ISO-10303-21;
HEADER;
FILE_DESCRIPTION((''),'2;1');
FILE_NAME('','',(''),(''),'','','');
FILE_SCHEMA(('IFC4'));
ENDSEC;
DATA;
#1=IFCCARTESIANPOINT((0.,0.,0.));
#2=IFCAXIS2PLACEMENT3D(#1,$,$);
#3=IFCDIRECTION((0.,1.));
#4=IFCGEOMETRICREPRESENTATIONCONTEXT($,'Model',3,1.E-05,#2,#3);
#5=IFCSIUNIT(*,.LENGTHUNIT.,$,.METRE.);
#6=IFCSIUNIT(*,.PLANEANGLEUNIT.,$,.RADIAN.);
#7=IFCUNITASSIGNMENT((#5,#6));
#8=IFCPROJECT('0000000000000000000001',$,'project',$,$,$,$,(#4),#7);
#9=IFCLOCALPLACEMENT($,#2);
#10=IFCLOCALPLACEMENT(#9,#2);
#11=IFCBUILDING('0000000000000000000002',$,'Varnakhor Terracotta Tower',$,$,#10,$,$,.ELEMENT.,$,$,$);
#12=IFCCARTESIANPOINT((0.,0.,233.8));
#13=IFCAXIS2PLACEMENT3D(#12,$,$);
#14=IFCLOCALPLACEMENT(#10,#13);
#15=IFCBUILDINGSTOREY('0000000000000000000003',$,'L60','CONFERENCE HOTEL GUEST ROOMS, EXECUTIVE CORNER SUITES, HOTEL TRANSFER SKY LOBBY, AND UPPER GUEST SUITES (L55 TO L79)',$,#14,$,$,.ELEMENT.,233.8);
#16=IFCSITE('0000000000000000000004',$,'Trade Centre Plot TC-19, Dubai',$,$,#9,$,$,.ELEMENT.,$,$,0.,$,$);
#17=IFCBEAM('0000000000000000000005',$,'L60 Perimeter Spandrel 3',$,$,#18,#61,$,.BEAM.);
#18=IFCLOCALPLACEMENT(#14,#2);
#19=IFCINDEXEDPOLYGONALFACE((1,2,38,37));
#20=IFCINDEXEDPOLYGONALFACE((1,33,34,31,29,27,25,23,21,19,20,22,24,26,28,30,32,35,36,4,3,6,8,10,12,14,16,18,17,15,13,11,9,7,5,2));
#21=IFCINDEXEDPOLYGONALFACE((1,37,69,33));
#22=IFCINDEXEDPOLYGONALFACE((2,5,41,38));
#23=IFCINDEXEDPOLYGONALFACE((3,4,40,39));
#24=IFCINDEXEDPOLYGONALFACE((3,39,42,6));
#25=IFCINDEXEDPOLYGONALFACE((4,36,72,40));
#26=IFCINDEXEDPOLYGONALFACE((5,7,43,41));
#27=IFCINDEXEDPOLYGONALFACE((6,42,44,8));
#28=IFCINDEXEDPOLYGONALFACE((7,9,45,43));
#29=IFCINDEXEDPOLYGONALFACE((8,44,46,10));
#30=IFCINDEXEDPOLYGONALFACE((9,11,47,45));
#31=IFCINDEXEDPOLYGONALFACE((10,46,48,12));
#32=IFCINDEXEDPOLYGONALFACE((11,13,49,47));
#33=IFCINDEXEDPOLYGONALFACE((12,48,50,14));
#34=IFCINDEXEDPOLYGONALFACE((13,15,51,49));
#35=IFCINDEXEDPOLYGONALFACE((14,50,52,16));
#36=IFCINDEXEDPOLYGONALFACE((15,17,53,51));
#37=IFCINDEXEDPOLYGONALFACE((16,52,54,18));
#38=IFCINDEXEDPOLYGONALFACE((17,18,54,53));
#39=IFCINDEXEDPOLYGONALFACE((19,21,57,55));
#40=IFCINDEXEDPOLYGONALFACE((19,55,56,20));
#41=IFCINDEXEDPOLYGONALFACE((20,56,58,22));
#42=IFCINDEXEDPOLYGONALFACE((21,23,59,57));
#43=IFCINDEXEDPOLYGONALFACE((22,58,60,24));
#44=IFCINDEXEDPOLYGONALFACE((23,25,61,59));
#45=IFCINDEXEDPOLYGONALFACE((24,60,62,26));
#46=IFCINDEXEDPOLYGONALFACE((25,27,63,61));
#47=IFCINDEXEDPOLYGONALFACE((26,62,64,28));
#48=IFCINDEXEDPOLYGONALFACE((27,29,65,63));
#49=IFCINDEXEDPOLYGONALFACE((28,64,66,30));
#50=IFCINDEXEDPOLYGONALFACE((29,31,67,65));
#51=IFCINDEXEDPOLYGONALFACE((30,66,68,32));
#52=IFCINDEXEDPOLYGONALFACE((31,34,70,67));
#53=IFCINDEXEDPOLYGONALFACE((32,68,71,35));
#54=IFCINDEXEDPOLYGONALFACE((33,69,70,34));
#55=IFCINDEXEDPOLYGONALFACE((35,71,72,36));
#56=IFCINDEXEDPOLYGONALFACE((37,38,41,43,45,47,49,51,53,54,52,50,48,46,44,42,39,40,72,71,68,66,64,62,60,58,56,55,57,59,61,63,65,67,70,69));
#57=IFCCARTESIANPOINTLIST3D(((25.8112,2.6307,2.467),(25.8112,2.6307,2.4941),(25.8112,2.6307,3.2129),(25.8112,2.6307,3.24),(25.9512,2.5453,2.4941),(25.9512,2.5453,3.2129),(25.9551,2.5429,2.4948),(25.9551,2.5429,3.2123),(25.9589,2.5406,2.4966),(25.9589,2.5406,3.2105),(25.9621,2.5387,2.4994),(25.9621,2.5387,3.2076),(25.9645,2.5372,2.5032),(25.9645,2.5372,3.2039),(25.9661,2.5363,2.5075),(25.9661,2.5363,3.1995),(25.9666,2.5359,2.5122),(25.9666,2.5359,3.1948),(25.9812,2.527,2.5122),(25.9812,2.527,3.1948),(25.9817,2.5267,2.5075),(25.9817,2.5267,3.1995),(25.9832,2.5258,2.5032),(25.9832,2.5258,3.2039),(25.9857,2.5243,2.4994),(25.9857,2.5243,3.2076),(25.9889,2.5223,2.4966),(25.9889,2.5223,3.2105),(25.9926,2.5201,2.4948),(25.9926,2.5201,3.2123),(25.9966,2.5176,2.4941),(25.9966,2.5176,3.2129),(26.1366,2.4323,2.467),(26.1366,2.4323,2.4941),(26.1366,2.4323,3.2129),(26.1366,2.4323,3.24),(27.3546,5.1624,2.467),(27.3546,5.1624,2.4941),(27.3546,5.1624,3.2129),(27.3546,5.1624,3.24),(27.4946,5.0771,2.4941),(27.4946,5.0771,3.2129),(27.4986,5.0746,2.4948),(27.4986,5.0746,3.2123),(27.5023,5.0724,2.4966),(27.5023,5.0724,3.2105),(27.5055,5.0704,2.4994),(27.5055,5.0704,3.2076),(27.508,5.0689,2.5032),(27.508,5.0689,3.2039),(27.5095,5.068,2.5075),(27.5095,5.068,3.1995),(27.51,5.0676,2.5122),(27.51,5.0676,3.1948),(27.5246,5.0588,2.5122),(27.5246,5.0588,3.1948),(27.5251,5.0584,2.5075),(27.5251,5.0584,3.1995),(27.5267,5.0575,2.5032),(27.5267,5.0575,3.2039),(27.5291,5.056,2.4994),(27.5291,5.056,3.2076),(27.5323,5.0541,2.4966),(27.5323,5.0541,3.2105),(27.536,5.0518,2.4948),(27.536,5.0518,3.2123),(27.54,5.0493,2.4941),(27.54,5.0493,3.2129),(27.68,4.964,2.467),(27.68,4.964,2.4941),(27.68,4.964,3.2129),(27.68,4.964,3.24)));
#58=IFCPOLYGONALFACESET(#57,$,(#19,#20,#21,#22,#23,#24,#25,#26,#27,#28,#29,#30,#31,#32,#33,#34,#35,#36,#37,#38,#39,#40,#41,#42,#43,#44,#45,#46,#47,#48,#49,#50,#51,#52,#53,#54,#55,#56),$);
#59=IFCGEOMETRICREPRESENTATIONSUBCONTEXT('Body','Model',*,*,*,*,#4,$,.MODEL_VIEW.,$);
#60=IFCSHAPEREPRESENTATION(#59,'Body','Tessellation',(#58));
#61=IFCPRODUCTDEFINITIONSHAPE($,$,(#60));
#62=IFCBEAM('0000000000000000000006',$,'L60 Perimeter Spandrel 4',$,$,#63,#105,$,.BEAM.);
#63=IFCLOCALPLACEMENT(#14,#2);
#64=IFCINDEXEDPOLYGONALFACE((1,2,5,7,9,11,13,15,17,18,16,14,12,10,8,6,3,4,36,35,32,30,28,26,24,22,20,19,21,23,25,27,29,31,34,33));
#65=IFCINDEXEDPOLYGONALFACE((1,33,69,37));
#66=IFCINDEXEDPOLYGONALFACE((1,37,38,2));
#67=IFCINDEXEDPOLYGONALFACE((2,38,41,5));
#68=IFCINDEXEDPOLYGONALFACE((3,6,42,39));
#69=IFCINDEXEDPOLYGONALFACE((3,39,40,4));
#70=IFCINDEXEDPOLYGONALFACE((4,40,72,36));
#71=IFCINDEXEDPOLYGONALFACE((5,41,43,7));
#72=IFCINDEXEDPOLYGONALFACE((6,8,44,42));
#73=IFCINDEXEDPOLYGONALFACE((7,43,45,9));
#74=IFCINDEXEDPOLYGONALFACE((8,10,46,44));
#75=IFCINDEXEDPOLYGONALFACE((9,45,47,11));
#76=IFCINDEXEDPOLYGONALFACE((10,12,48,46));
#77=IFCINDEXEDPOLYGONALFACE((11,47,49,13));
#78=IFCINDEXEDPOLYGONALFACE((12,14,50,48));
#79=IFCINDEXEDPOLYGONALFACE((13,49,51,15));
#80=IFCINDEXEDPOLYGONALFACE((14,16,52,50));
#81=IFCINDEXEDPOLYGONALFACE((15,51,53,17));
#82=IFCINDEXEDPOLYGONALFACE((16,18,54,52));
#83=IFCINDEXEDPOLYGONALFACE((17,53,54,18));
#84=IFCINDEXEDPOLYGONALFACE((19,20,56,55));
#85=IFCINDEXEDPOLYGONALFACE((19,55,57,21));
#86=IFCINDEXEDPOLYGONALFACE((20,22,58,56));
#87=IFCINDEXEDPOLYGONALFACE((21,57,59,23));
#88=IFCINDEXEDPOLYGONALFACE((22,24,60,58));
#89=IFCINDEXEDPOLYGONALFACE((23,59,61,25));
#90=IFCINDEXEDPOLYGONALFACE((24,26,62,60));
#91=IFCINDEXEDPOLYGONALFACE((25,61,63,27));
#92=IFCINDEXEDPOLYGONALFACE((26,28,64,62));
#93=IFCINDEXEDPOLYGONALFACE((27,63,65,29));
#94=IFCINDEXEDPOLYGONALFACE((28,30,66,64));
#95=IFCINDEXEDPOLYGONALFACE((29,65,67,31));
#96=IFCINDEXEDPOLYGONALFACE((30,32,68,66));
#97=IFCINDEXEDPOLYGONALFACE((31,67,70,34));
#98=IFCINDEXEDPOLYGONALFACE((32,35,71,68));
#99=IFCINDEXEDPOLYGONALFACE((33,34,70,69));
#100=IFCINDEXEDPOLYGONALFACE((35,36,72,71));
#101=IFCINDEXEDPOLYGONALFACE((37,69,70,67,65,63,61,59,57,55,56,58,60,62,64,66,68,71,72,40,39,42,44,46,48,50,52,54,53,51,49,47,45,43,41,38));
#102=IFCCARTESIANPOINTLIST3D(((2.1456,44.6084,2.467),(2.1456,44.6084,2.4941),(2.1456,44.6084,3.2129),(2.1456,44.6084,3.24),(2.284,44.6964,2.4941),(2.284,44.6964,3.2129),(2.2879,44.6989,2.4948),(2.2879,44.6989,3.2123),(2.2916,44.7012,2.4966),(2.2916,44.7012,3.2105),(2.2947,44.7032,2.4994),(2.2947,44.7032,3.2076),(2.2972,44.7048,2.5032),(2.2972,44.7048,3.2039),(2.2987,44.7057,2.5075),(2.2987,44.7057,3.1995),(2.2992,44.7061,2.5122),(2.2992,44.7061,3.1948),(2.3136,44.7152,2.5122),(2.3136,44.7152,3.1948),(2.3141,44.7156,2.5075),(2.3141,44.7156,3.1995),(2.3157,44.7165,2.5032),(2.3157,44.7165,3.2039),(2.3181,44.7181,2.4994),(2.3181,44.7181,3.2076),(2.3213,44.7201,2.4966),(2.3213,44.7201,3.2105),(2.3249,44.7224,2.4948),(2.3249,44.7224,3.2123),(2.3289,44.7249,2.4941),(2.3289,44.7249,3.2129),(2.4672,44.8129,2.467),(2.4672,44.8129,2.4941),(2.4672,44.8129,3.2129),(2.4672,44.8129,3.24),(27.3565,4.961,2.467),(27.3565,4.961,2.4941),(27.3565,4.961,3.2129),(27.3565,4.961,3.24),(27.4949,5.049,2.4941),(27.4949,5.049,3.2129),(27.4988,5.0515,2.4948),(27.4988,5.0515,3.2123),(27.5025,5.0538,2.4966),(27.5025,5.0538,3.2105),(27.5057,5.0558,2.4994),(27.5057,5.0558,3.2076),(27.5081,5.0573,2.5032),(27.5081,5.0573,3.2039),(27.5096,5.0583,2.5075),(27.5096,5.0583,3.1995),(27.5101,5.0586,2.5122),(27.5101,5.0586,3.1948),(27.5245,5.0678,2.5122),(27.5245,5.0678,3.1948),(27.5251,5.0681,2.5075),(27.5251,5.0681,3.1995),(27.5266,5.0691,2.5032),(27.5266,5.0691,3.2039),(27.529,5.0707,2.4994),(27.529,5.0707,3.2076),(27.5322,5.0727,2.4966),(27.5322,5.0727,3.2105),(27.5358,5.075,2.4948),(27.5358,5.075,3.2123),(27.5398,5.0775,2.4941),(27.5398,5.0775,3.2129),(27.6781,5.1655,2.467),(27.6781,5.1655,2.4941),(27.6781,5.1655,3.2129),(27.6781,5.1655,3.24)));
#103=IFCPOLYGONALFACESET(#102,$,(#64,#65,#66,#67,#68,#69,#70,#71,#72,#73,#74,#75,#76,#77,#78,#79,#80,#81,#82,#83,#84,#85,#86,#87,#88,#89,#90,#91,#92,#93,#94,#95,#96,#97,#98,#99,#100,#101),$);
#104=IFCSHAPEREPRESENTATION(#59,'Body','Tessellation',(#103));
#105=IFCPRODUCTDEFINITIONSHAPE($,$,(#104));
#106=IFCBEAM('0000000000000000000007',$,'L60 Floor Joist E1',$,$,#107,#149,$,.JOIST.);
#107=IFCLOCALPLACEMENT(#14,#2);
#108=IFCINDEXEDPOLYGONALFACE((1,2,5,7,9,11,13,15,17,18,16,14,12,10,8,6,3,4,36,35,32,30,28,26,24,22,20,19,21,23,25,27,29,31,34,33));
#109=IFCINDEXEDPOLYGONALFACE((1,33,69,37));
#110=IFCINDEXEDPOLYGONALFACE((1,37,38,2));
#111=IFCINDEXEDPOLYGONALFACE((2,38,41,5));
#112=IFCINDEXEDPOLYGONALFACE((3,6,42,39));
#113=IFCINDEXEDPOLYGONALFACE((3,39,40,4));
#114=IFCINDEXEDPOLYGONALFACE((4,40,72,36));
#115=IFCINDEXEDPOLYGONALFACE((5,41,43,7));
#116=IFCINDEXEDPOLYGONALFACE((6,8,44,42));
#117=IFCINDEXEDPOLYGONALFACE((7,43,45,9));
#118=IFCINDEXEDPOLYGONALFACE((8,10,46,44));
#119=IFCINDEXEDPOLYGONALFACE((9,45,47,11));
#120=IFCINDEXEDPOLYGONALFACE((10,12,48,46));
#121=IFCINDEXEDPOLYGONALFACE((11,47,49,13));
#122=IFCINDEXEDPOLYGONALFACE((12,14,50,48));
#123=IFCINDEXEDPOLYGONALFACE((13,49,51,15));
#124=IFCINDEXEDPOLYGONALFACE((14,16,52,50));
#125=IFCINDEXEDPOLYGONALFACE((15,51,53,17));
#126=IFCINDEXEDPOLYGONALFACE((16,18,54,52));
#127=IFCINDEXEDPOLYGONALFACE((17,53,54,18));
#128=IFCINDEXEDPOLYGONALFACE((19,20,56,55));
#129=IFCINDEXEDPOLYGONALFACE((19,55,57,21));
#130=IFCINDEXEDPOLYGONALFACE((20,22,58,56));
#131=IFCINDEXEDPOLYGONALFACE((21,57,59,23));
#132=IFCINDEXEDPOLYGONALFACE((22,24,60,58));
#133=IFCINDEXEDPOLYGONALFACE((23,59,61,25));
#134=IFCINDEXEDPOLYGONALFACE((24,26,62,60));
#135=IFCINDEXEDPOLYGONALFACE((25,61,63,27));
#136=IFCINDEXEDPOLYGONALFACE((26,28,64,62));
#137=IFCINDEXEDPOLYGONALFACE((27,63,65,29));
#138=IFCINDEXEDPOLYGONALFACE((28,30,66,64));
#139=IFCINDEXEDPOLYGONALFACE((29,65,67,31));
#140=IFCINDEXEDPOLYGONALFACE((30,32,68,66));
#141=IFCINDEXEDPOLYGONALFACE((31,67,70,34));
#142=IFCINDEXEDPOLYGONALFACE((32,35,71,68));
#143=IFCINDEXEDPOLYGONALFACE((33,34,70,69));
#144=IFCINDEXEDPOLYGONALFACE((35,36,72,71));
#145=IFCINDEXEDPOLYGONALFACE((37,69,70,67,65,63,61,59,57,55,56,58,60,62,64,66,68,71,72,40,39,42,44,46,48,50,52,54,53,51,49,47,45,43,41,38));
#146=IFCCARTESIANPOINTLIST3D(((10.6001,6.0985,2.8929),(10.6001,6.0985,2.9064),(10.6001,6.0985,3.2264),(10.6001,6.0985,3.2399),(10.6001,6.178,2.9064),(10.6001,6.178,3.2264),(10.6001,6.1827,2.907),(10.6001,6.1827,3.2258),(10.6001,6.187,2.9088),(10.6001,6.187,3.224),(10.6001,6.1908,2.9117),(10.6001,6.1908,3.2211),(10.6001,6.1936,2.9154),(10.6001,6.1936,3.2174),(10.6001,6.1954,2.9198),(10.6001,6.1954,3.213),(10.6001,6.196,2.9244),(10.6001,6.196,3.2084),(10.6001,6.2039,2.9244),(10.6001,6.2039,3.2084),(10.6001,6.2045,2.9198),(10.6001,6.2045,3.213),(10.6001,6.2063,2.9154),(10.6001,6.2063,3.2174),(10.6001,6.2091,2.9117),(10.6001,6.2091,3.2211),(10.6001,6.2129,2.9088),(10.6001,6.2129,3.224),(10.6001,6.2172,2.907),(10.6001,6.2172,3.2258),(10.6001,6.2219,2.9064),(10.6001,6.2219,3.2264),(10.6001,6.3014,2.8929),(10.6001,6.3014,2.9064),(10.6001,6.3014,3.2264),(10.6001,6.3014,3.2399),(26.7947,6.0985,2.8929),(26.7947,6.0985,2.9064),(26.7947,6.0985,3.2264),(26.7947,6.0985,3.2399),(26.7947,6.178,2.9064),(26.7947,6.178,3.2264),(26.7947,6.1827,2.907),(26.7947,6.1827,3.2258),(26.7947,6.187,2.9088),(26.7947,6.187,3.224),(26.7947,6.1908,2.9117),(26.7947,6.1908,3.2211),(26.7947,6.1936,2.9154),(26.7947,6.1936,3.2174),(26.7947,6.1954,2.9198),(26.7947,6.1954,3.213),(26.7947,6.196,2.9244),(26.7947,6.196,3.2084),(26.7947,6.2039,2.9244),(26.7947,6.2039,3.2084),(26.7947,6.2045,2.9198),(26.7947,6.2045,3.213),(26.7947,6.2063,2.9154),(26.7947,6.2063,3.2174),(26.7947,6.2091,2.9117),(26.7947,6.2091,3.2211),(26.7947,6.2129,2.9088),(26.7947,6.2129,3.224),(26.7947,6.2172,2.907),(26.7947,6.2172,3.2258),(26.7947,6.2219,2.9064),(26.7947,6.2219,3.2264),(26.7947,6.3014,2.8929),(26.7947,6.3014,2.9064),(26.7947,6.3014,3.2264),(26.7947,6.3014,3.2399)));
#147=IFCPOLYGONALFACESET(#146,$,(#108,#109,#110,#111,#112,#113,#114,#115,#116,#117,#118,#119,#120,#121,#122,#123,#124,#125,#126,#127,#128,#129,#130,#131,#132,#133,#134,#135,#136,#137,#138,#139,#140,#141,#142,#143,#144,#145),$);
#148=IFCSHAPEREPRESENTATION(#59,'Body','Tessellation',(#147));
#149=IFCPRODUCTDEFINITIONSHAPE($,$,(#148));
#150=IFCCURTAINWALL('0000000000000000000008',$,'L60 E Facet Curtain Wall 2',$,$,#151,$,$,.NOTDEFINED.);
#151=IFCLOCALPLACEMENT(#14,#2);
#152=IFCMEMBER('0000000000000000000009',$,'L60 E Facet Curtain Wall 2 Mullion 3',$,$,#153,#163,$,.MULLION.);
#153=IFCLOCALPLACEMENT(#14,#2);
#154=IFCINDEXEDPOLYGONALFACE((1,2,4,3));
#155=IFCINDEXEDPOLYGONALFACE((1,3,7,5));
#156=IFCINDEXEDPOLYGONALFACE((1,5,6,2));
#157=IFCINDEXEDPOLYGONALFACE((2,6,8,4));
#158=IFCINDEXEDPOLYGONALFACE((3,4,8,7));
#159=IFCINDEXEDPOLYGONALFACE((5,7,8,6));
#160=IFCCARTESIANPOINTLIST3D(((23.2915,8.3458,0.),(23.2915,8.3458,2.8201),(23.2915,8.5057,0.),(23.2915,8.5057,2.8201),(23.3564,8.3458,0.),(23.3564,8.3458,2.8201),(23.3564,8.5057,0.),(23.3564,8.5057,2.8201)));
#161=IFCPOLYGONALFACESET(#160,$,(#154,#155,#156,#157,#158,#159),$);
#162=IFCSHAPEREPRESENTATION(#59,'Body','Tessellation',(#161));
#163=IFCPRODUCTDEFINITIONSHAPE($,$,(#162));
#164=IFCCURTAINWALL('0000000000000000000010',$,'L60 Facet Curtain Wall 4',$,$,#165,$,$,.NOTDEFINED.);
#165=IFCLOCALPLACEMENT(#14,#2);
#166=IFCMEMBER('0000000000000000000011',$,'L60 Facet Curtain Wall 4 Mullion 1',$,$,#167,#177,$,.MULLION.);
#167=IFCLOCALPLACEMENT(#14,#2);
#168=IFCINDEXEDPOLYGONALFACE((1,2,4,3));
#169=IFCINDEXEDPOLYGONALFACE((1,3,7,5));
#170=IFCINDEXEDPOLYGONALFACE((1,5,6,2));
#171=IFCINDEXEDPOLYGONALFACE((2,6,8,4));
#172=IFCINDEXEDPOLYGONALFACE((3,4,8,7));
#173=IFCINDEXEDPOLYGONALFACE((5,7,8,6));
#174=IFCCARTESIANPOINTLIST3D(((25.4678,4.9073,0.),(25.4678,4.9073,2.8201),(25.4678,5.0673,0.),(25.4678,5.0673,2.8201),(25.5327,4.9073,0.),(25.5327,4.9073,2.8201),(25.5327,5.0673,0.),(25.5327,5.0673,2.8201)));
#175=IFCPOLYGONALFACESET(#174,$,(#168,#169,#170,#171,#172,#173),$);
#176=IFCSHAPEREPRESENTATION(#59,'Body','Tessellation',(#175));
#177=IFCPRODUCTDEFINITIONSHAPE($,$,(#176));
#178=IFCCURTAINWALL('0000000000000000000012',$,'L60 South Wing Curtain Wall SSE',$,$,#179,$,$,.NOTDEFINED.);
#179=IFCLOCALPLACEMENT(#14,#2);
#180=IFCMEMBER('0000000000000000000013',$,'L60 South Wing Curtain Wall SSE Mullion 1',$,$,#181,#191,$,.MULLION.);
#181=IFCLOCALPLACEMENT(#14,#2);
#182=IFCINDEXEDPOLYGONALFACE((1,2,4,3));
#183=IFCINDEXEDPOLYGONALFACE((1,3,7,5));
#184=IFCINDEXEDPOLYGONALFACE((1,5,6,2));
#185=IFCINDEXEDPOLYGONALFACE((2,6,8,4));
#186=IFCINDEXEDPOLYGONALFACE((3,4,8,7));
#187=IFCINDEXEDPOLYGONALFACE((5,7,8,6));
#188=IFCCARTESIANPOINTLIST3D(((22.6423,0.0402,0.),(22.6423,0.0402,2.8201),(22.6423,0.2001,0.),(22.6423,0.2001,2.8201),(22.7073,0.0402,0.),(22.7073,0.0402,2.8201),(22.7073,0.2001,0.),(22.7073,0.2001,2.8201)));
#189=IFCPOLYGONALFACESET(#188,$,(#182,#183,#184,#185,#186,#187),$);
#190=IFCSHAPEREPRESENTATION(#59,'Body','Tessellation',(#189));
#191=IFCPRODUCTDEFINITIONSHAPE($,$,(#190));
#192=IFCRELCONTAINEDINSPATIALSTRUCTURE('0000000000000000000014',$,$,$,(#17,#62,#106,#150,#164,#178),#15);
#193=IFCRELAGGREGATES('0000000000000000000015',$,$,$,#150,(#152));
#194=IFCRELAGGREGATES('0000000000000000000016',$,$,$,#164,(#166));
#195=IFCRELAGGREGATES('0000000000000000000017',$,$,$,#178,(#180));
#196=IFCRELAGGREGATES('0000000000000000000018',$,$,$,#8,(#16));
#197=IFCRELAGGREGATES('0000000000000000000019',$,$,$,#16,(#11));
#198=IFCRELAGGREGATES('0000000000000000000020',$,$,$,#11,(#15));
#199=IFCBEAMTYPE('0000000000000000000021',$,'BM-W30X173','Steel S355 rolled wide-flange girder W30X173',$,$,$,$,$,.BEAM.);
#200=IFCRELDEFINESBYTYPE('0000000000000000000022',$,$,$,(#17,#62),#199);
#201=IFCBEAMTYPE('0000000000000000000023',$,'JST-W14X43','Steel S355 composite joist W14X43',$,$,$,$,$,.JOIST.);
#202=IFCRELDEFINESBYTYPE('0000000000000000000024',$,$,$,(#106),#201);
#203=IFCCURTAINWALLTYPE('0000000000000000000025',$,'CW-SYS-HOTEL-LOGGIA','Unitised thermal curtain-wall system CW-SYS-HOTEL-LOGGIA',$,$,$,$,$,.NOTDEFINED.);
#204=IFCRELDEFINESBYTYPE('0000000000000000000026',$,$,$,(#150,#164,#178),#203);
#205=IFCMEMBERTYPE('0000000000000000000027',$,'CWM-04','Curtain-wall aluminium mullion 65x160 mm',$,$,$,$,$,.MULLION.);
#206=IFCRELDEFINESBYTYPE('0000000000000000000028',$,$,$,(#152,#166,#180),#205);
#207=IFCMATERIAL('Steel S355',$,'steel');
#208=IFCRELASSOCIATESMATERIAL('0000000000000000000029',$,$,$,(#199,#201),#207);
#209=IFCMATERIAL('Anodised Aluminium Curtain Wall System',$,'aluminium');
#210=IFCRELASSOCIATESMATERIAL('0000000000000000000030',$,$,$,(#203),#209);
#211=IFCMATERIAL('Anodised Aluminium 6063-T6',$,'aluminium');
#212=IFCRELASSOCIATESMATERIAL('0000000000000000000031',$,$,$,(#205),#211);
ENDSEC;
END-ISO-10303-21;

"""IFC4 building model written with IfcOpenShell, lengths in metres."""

from ifc_helpers import new_model, si_unit, direction, frame, origin, origin_2d, place, context, subcontext, project, spatial, rectangle, i_section, extrude, source, transform, mapped, material, material_profile, profile_set, type_object, type_shapes, element, aggregate, save


model = new_model("IFC4")

# Units and contexts
model_context = context("Model", 3, precision=1e-05, world=origin(), true_north=direction((0.0, 1.0)))
body_context = subcontext(model_context, "Body", "Model", "MODEL_VIEW")
ifc_project = project(units=[si_unit("LENGTHUNIT", "METRE"), si_unit("PLANEANGLEUNIT", "RADIAN")], contexts=[model_context])

# Site, building, storey
site_placement = place(None, origin())
site = spatial("IfcSite", under=ifc_project, at=site_placement, Name="Trade Centre Plot TC-19, Dubai", CompositionType="ELEMENT", RefElevation=0.0)
building_placement = place(site_placement, origin())
building = spatial("IfcBuilding", under=site, at=building_placement, Name="Varnakhor Terracotta Tower", CompositionType="ELEMENT")
storey_placement = place(building_placement, frame((0.0, 0.0, 233.8)))
storey = spatial("IfcBuildingStorey", under=building, at=storey_placement, Name="L60", Description="CONFERENCE HOTEL GUEST ROOMS, EXECUTIVE CORNER SUITES, HOTEL TRANSFER SKY LOBBY, AND UPPER GUEST SUITES (L55 TO L79)", CompositionType="ELEMENT", Elevation=233.8)

# Shared definitions
ifc_material_1 = material(Name="Steel S355", Category="steel")

# Beams
ifc_material_profile_1 = material_profile(ifc_material_1, i_section(OverallWidth=0.3811, OverallDepth=0.7729, WebThickness=0.0171, FlangeThickness=0.0271, FilletRadius=0.0181, at=origin_2d()), Name="W30X173")
ifc_profile_set_1 = profile_set([ifc_material_profile_1], Name="Steel S355")
beam_type_1 = type_object("IfcBeamType", Name="BM-W30X173", Description="Steel S355 rolled wide-flange girder W30X173", PredefinedType="BEAM", material=ifc_profile_set_1)
shared_shape_1 = source(origin(), body_context, "Body", "SweptSolid", [
    extrude(i_section(OverallWidth=0.3811, OverallDepth=0.7729, WebThickness=0.0171, FlangeThickness=0.0271, FilletRadius=0.0181, at=origin_2d()), origin(), (0.0, 0.0, 1.0), 2.9651),
])
beam_1_placement = place(storey_placement, frame((25.9739, 2.5315, 2.8535), z_axis=(0.520537, 0.853839, 0.0), x_axis=(-0.853839, 0.520537, 0.0)))
element("IfcBeam", 1, at=beam_1_placement, inside=storey, type_object=beam_type_1, Name="L60 Perimeter Spandrel 3", PredefinedType="BEAM", context=body_context, shape_type="MappedRepresentation", body=[
    mapped(shared_shape_1, transform((0.0, 0.0, 0.0), scale=1.0)),
])
shared_shape_2 = source(origin(), body_context, "Body", "SweptSolid", [
    extrude(i_section(OverallWidth=0.3811, OverallDepth=0.7729, WebThickness=0.0171, FlangeThickness=0.0271, FilletRadius=0.0181, at=origin_2d()), origin(), (0.0, 0.0, 1.0), 46.9841),
])
beam_2_placement = place(storey_placement, frame((27.5173, 5.0632, 2.8535), z_axis=(-0.536584, 0.843847, 0.0), x_axis=(-0.843847, -0.536584, 0.0)))
element("IfcBeam", 2, at=beam_2_placement, inside=storey, type_object=beam_type_1, Name="L60 Perimeter Spandrel 4", PredefinedType="BEAM", context=body_context, shape_type="MappedRepresentation", body=[
    mapped(shared_shape_2, transform((0.0, 0.0, 0.0), scale=1.0)),
])
ifc_material_profile_2 = material_profile(ifc_material_1, i_section(OverallWidth=0.2029, OverallDepth=0.3469, WebThickness=0.0078, FlangeThickness=0.0134, FilletRadius=0.0181, at=origin_2d()), Name="W14X43")
ifc_profile_set_2 = profile_set([ifc_material_profile_2], Name="Steel S355")
beam_type_2 = type_object("IfcBeamType", Name="JST-W14X43", Description="Steel S355 composite joist W14X43", PredefinedType="JOIST", material=ifc_profile_set_2)
shared_shape_3 = source(origin(), body_context, "Body", "SweptSolid", [
    extrude(i_section(OverallWidth=0.2029, OverallDepth=0.3469, WebThickness=0.0078, FlangeThickness=0.0134, FilletRadius=0.0181, at=origin_2d()), origin(), (0.0, 0.0, 1.0), 16.1946),
])
beam_3_placement = place(storey_placement, frame((10.6001, 6.2, 3.0664), z_axis=(1.0, 0.0, 0.0), x_axis=(0.0, 1.0, 0.0)))
element("IfcBeam", 3, at=beam_3_placement, inside=storey, type_object=beam_type_2, Name="L60 Floor Joist E1", PredefinedType="JOIST", context=body_context, shape_type="MappedRepresentation", body=[
    mapped(shared_shape_3, transform((0.0, 0.0, 0.0), scale=1.0)),
])

# Curtain walls, members
ifc_material_2 = material(Name="Anodised Aluminium Curtain Wall System", Category="aluminium")
curtain_wall_type = type_object("IfcCurtainWallType", Name="CW-SYS-HOTEL-LOGGIA", Description="Unitised thermal curtain-wall system CW-SYS-HOTEL-LOGGIA", PredefinedType="NOTDEFINED", material=ifc_material_2)
curtain_wall_1_placement = place(storey_placement, origin())
curtain_wall_1 = element("IfcCurtainWall", 4, at=curtain_wall_1_placement, inside=storey, type_object=curtain_wall_type, Name="L60 E Facet Curtain Wall 2", PredefinedType="NOTDEFINED")
ifc_material_3 = material(Name="Anodised Aluminium 6063-T6", Category="aluminium")
ifc_material_profile_3 = material_profile(ifc_material_3, rectangle(XDim=0.0649, YDim=0.1599, at=origin_2d()), Name="ALU MULLION 65x160")
ifc_profile_set_3 = profile_set([ifc_material_profile_3], Name="Anodised Aluminium 6063-T6")
member_type_1 = type_object("IfcMemberType", Name="CWM-04", Description="Curtain-wall aluminium mullion 65x160 mm", PredefinedType="MULLION", material=ifc_profile_set_3)
shared_shape_4 = source(origin(), body_context, "Body", "SweptSolid", [
    extrude(rectangle(XDim=0.0649, YDim=0.1599, at=origin_2d()), origin(), (0.0, 0.0, 1.0), 2.8201),
])
type_shapes(member_type_1, [shared_shape_4])
member_1_placement = place(storey_placement, frame((23.324, 8.4258, 0.0), z_axis=(0.0, 0.0, 1.0), x_axis=(1.0, 0.0, 0.0)))
member_1 = element("IfcMember", 5, at=member_1_placement, type_object=member_type_1, Name="L60 E Facet Curtain Wall 2 Mullion 3", PredefinedType="MULLION", context=body_context, shape_type="MappedRepresentation", body=[
    mapped(shared_shape_4, transform((0.0, 0.0, 0.0), scale=1.0)),
])
curtain_wall_2_placement = place(storey_placement, origin())
curtain_wall_2 = element("IfcCurtainWall", 6, at=curtain_wall_2_placement, inside=storey, type_object=curtain_wall_type, Name="L60 Facet Curtain Wall 4", PredefinedType="NOTDEFINED")
member_2_placement = place(storey_placement, frame((25.5002, 4.9873, 0.0), z_axis=(0.0, 0.0, 1.0), x_axis=(1.0, 0.0, 0.0)))
member_2 = element("IfcMember", 7, at=member_2_placement, type_object=member_type_1, Name="L60 Facet Curtain Wall 4 Mullion 1", PredefinedType="MULLION", context=body_context, shape_type="MappedRepresentation", body=[
    mapped(shared_shape_4, transform((0.0, 0.0, 0.0), scale=1.0)),
])

# Curtain wall, member
curtain_wall_3_placement = place(storey_placement, origin())
curtain_wall_3 = element("IfcCurtainWall", 8, at=curtain_wall_3_placement, inside=storey, type_object=curtain_wall_type, Name="L60 South Wing Curtain Wall SSE", PredefinedType="NOTDEFINED")
member_3_placement = place(storey_placement, frame((22.6748, 0.1201, 0.0), z_axis=(0.0, 0.0, 1.0), x_axis=(1.0, 0.0, 0.0)))
member_3 = element("IfcMember", 9, at=member_3_placement, type_object=member_type_1, Name="L60 South Wing Curtain Wall SSE Mullion 1", PredefinedType="MULLION", context=body_context, shape_type="MappedRepresentation", body=[
    mapped(shared_shape_4, transform((0.0, 0.0, 0.0), scale=1.0)),
])

aggregate(curtain_wall_1, [member_1])
aggregate(curtain_wall_2, [member_2])
aggregate(curtain_wall_3, [member_3])

save(model, "model.ifc")
